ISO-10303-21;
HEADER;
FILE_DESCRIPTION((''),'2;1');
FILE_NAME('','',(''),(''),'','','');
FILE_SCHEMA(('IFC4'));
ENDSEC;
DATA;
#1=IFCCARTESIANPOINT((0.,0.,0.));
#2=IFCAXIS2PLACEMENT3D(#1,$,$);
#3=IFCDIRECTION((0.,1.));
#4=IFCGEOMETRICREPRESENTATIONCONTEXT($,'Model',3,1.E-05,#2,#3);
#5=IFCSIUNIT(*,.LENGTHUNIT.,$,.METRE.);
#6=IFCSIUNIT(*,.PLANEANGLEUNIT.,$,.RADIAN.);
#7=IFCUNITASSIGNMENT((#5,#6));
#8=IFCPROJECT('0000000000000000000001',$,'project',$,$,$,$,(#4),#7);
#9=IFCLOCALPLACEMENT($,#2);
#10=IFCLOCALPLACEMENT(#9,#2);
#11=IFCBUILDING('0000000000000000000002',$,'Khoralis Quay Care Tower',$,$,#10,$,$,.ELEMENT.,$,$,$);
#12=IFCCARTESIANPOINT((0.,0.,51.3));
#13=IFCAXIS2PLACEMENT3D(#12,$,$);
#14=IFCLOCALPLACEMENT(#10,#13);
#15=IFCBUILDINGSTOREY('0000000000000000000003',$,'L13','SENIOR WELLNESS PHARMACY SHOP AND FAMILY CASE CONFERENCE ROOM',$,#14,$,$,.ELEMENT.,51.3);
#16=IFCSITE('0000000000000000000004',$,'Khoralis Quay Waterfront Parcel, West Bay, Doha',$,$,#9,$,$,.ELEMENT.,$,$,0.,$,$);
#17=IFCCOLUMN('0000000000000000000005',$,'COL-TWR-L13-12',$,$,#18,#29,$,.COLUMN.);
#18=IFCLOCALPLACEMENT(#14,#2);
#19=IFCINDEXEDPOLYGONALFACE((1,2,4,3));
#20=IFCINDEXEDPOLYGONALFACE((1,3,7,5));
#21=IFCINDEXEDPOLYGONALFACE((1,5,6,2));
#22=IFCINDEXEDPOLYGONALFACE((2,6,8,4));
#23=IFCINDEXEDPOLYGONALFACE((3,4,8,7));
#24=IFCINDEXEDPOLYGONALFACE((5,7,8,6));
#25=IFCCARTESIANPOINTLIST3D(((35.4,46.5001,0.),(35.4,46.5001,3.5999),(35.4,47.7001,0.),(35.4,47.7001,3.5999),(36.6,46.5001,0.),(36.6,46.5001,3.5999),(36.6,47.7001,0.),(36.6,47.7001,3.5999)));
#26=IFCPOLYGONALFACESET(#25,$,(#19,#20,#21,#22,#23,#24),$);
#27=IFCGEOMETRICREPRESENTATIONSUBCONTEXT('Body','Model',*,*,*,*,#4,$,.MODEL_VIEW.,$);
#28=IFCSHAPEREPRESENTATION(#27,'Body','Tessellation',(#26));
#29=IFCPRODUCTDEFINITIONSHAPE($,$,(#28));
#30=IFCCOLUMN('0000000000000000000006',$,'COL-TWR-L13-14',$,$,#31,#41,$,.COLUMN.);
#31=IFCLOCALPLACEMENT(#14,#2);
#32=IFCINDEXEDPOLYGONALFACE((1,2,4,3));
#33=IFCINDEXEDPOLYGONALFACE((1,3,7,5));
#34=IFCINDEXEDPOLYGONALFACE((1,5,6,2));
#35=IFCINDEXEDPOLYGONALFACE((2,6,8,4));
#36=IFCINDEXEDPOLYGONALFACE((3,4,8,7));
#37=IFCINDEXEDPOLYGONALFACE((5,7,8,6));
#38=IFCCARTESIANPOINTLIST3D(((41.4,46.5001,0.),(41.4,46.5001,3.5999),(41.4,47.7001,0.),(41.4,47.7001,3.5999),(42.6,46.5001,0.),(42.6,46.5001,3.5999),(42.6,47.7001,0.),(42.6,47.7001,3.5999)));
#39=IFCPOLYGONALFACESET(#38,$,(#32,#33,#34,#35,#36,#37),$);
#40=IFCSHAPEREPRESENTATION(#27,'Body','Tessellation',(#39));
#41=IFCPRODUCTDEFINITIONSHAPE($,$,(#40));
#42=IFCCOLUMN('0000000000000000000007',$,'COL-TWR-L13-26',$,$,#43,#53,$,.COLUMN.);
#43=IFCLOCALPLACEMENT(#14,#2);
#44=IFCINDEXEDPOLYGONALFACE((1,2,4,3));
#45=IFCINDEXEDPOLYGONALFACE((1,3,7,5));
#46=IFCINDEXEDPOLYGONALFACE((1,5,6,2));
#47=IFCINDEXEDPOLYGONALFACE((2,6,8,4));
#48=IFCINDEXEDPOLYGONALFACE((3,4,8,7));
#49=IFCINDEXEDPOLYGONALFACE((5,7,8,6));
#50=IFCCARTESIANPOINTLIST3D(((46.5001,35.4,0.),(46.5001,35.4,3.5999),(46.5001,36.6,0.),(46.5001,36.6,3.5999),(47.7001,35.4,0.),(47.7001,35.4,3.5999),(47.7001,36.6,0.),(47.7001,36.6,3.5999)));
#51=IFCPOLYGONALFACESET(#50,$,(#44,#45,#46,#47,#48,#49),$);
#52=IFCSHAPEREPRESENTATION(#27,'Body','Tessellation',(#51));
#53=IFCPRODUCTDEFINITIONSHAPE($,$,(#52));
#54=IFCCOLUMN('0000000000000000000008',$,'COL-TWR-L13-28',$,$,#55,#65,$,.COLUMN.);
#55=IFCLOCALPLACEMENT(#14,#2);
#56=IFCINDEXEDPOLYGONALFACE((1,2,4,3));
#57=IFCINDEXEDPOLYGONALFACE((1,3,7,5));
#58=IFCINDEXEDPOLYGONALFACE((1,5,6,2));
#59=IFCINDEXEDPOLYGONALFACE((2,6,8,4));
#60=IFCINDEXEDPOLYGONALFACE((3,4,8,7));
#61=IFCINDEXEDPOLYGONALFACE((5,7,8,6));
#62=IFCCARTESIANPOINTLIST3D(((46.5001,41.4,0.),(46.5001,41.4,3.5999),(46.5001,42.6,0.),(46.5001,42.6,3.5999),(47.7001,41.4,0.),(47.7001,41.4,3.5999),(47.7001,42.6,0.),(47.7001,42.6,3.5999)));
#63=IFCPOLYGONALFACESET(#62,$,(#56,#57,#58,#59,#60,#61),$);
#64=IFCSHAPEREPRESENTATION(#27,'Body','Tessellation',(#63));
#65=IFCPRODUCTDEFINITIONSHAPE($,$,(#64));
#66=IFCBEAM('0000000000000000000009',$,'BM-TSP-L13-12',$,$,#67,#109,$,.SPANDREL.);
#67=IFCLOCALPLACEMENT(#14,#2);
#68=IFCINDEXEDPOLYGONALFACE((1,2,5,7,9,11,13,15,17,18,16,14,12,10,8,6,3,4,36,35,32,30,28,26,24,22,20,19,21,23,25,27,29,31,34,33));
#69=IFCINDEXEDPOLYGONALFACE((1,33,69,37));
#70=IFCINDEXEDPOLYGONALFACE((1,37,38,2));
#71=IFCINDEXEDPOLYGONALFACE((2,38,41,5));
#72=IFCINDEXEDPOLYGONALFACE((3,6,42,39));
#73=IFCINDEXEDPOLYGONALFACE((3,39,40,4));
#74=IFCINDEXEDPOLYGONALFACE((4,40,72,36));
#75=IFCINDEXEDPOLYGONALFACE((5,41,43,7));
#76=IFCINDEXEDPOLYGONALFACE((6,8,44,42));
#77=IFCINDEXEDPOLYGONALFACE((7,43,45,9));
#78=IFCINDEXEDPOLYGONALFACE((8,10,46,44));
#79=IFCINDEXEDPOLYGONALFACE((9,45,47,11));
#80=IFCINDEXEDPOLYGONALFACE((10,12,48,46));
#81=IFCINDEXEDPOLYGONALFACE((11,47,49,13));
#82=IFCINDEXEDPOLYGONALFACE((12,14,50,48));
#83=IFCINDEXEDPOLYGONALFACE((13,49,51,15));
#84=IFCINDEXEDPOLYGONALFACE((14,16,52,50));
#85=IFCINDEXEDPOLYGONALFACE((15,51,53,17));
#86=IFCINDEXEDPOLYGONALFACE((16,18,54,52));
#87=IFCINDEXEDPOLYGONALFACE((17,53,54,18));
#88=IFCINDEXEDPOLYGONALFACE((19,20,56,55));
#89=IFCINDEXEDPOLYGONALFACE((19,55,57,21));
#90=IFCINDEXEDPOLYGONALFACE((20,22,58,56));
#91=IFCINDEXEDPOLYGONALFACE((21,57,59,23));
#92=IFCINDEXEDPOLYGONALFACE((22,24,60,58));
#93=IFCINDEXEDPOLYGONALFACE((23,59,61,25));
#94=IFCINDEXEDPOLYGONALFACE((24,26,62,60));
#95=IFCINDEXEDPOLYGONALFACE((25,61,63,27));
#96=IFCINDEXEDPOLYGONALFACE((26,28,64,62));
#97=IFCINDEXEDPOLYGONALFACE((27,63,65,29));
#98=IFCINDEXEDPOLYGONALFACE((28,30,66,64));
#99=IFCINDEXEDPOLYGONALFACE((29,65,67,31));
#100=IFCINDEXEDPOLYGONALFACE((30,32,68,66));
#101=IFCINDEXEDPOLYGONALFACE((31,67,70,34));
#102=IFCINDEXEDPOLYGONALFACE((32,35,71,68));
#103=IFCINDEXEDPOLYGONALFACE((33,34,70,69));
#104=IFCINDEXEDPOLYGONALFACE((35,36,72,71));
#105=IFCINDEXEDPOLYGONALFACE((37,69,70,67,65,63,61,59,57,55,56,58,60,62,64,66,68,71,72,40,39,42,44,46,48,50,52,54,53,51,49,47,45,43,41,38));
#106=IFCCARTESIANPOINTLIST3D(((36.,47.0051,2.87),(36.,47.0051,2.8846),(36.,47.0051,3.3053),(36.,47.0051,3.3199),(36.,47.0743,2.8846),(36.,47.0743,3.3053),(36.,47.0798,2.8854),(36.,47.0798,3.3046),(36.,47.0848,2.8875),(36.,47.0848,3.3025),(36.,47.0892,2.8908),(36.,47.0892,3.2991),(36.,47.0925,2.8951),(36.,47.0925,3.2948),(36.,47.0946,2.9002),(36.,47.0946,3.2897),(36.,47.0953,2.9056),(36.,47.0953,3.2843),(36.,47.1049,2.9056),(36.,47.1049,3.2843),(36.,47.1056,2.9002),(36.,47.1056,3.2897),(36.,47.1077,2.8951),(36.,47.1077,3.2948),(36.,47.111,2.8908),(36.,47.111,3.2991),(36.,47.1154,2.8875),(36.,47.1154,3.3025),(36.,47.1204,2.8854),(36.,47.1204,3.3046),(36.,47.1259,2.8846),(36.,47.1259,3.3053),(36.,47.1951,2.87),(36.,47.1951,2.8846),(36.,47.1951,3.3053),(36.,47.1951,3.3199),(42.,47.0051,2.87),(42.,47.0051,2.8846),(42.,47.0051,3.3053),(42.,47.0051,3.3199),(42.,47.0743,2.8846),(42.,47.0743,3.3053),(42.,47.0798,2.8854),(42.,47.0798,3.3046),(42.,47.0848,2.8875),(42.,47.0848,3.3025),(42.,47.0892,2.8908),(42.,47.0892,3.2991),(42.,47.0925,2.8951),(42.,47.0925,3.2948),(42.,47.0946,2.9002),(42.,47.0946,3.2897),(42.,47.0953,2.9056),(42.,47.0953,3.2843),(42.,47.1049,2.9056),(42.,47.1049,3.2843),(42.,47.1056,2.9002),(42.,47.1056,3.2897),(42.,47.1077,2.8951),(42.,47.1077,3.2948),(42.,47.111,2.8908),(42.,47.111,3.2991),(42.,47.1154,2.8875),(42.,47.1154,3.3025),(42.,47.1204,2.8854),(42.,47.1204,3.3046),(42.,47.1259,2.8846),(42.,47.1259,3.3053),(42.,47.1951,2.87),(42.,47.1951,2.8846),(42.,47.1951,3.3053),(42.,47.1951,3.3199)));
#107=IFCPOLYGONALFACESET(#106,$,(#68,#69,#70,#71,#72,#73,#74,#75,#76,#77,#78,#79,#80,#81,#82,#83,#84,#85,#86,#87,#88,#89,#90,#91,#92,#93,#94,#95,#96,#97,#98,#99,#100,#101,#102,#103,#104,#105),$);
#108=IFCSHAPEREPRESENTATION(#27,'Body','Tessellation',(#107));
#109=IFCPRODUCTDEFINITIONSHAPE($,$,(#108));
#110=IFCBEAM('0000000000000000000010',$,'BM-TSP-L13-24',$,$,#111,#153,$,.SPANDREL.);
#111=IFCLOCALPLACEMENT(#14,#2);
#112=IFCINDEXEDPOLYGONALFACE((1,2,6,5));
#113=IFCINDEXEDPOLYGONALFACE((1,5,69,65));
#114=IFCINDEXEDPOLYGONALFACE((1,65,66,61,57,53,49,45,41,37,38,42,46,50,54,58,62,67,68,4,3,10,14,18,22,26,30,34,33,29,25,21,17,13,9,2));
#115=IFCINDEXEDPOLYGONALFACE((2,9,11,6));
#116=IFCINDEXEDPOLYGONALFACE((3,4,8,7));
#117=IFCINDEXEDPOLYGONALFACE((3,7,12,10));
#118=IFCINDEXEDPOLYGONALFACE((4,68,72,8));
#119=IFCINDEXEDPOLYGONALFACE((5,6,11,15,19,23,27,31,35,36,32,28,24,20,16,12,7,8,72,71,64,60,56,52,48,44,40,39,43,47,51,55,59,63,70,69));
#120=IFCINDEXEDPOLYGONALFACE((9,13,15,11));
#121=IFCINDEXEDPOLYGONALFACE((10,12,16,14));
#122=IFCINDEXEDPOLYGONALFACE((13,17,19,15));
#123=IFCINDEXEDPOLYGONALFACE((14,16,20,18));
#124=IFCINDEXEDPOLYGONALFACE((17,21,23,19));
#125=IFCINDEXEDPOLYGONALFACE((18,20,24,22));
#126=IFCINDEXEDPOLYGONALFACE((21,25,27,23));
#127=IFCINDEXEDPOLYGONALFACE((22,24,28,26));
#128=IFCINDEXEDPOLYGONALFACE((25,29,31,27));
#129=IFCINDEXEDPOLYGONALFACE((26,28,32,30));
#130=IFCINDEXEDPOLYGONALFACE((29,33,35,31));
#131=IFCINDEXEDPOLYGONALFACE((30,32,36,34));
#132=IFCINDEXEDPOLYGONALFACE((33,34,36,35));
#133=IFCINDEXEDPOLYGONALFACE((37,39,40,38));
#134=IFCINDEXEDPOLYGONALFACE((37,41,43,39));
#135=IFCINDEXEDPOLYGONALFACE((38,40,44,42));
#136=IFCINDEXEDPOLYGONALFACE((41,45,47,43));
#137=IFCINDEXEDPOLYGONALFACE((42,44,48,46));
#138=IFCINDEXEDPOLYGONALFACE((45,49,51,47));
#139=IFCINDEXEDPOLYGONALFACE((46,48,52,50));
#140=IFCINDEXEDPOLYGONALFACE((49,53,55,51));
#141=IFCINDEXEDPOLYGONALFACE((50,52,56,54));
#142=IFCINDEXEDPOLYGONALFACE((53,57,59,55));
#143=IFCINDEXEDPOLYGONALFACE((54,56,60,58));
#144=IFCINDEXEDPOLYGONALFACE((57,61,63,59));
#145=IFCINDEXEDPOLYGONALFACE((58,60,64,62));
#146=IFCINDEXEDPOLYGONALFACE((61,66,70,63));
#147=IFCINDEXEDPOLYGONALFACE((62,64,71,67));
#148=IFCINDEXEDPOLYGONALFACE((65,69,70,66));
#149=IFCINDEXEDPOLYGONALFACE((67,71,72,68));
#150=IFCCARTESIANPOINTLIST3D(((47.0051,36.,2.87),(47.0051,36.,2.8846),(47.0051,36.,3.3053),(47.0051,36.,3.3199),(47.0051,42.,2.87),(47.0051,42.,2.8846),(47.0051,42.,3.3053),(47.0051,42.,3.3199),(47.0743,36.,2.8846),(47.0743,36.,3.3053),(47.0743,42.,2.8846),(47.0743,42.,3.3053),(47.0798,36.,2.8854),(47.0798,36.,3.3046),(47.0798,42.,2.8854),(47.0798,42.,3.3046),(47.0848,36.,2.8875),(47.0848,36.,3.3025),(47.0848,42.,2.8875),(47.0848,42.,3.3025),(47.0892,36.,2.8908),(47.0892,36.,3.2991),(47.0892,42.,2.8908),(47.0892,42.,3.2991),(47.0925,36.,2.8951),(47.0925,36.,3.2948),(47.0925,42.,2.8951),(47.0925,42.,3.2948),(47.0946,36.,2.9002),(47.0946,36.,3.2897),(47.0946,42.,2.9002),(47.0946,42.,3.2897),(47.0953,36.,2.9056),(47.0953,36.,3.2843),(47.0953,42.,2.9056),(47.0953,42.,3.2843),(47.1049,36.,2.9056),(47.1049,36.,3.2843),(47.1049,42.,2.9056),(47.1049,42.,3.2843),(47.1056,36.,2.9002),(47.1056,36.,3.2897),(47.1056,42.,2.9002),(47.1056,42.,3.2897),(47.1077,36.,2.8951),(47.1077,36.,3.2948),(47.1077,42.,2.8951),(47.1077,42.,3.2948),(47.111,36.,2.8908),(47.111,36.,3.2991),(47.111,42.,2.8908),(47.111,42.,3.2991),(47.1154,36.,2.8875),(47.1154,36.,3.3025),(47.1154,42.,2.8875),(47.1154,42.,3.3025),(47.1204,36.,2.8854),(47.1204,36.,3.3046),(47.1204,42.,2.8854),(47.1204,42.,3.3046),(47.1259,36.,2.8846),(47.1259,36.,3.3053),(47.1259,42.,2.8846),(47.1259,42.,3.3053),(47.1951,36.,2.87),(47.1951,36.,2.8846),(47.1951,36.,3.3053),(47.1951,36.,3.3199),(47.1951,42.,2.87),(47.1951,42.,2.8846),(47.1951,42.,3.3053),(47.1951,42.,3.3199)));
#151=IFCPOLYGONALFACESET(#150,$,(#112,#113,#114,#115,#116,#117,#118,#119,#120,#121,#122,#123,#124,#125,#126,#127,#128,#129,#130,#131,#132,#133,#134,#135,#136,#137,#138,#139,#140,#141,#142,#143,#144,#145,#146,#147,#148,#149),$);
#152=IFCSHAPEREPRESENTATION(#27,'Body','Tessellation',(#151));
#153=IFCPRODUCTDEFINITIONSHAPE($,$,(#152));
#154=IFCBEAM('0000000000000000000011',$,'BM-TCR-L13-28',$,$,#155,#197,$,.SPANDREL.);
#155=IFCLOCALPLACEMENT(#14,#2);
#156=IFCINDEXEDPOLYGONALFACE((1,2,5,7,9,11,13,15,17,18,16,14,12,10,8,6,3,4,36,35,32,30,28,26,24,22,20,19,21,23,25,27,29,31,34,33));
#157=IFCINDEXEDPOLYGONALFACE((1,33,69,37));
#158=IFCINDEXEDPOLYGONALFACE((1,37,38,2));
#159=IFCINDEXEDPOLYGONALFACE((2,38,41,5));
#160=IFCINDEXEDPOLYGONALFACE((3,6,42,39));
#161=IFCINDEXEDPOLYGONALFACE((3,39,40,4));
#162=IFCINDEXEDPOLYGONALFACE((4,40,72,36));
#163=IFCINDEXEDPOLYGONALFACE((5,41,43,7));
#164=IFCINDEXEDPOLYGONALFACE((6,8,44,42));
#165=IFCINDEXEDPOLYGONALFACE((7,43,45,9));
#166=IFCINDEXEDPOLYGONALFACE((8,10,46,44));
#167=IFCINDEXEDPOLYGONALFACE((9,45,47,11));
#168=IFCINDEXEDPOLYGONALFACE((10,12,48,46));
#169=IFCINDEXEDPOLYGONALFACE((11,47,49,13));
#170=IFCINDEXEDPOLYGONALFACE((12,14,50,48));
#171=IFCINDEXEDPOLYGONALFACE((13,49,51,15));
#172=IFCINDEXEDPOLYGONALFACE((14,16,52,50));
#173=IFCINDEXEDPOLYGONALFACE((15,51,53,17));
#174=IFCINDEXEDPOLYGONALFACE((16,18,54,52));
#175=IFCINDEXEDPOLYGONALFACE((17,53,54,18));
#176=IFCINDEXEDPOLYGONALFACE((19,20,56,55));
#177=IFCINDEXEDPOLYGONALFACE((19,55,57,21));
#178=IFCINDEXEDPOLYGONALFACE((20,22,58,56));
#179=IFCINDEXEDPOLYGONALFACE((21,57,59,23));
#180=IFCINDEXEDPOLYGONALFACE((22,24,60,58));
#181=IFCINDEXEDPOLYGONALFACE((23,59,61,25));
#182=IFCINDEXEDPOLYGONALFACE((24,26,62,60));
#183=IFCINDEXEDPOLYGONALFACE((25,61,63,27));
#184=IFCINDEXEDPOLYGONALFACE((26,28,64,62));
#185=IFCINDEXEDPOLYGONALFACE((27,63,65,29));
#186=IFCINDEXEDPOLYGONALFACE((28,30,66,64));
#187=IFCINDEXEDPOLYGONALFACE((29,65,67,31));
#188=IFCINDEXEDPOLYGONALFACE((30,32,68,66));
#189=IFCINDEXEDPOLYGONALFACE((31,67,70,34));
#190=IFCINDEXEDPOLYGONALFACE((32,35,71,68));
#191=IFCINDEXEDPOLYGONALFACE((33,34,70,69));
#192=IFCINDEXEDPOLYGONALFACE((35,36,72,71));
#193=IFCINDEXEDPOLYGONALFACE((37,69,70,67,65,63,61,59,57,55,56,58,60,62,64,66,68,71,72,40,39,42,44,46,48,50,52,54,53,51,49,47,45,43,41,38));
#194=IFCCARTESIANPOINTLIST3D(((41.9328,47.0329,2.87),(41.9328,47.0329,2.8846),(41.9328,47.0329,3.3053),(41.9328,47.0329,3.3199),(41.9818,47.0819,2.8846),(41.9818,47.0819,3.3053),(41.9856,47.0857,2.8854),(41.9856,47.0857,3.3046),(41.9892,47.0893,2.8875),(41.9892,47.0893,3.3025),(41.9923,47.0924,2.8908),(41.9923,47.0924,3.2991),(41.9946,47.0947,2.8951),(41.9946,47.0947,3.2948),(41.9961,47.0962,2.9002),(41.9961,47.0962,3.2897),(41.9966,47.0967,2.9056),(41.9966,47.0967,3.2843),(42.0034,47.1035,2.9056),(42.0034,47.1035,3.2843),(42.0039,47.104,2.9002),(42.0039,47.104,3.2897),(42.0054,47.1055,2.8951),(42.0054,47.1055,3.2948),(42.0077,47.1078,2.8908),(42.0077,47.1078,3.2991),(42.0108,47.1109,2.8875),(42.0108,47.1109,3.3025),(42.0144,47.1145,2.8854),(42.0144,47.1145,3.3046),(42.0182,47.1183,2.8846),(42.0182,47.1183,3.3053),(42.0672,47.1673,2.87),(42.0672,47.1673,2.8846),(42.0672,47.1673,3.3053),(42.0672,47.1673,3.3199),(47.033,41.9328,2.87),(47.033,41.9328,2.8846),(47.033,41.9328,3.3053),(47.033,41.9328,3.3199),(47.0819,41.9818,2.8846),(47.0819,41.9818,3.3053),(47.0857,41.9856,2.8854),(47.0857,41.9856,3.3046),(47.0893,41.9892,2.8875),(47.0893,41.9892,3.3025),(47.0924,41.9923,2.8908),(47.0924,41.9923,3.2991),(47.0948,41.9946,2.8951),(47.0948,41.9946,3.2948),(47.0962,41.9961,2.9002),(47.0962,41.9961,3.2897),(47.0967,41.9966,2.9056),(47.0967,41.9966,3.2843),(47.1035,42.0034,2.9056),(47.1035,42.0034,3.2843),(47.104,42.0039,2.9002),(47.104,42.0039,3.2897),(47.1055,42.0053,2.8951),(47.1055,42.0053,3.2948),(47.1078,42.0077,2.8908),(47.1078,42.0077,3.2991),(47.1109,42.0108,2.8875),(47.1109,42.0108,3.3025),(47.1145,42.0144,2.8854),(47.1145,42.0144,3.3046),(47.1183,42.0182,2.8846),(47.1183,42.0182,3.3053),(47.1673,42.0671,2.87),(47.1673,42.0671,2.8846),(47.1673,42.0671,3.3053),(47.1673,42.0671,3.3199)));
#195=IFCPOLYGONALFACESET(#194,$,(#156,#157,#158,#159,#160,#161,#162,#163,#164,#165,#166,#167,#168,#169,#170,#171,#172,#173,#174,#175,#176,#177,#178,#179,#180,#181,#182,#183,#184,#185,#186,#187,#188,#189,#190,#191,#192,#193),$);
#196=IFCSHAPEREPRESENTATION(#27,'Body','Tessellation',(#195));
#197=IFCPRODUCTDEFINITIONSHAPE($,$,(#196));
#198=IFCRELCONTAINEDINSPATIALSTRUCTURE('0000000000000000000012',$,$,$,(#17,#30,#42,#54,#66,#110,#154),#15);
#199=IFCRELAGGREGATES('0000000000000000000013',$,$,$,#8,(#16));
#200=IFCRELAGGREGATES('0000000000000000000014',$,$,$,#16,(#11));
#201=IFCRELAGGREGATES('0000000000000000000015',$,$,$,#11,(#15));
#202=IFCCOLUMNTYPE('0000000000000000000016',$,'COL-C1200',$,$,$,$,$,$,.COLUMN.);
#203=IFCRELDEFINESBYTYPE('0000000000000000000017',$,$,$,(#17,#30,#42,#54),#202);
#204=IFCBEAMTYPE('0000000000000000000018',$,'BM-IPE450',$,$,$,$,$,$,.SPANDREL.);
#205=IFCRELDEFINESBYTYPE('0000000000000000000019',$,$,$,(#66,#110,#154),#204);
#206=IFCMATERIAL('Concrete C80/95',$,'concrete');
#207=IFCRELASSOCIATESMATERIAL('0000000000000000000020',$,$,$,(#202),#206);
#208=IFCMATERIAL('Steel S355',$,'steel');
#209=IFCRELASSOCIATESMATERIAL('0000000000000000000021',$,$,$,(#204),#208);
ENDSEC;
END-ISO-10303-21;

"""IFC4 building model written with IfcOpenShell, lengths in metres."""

from ifc_helpers import new_model, si_unit, direction, frame, origin, origin_2d, place, context, subcontext, project, spatial, rectangle, i_section, extrude, source, transform, mapped, material, material_profile, profile_set, type_object, element, save


model = new_model("IFC4")

# Units and contexts
model_context = context("Model", 3, precision=1e-05, world=origin(), true_north=direction((0.0, 1.0)))
body_context = subcontext(model_context, "Body", "Model", "MODEL_VIEW")
ifc_project = project(units=[si_unit("LENGTHUNIT", "METRE"), si_unit("PLANEANGLEUNIT", "RADIAN")], contexts=[model_context])

# Site, building, storey
site_placement = place(None, origin())
site = spatial("IfcSite", under=ifc_project, at=site_placement, Name="Khoralis Quay Waterfront Parcel, West Bay, Doha", CompositionType="ELEMENT", RefElevation=0.0)
building_placement = place(site_placement, origin())
building = spatial("IfcBuilding", under=site, at=building_placement, Name="Khoralis Quay Care Tower", CompositionType="ELEMENT")
storey_placement = place(building_placement, frame((0.0, 0.0, 51.3)))
storey = spatial("IfcBuildingStorey", under=building, at=storey_placement, Name="L13", Description="SENIOR WELLNESS PHARMACY SHOP AND FAMILY CASE CONFERENCE ROOM", CompositionType="ELEMENT", Elevation=51.3)

# Columns
ifc_material_1 = material(Name="Concrete C80/95", Category="concrete")
ifc_material_profile_1 = material_profile(ifc_material_1, rectangle(XDim=1.2, YDim=1.2, at=origin_2d()), Name="Concrete C80/95")
ifc_profile_set_1 = profile_set([ifc_material_profile_1], Name="Concrete C80/95")
column_type = type_object("IfcColumnType", Name="COL-C1200", PredefinedType="COLUMN", material=ifc_profile_set_1)
shared_shape_1 = source(origin(), body_context, "Body", "SweptSolid", [
    extrude(rectangle(XDim=1.2, YDim=1.2, at=origin_2d()), origin(), (0.0, 0.0, 1.0), 3.5999),
])
for number, where, z_axis, x_axis, name in (
    (1, (36.0, 47.1001, 0.0), (0.0, 0.0, 1.0), (1.0, 0.0, 0.0), "COL-TWR-L13-12"),
    (2, (42.0, 47.1001, 0.0), (0.0, 0.0, 1.0), (1.0, 0.0, 0.0), "COL-TWR-L13-14"),
    (3, (47.1001, 36.0, 0.0), (0.0, 0.0, 1.0), (1.0, 0.0, 0.0), "COL-TWR-L13-26"),
    (4, (47.1001, 42.0, 0.0), (0.0, 0.0, 1.0), (1.0, 0.0, 0.0), "COL-TWR-L13-28"),
):
    element("IfcColumn", number, at=place(storey_placement, frame(where, z_axis=z_axis, x_axis=x_axis)), inside=storey, type_object=column_type, Name=name, PredefinedType="COLUMN", context=body_context, shape_type="MappedRepresentation", body=[
        mapped(shared_shape_1, transform((0.0, 0.0, 0.0), scale=1.0)),
    ])

# Beams
ifc_material_2 = material(Name="Steel S355", Category="steel")
ifc_material_profile_2 = material_profile(ifc_material_2, i_section(OverallWidth=0.1899, OverallDepth=0.45, WebThickness=0.0095, FlangeThickness=0.0146, FilletRadius=0.021, at=origin_2d()), Name="Steel S355")
ifc_profile_set_2 = profile_set([ifc_material_profile_2], Name="Steel S355")
beam_type_1 = type_object("IfcBeamType", Name="BM-IPE450", PredefinedType="SPANDREL", material=ifc_profile_set_2)
shared_shape_2 = source(origin(), body_context, "Body", "SweptSolid", [
    extrude(i_section(OverallWidth=0.1899, OverallDepth=0.45, WebThickness=0.0095, FlangeThickness=0.0146, FilletRadius=0.021, at=origin_2d()), origin(), (0.0, 0.0, 1.0), 6.0),
])
for number, where, z_axis, x_axis, name in (
    (5, (36.0, 47.1001, 3.095), (1.0, 0.0, 0.0), (0.0, 1.0, 0.0), "BM-TSP-L13-12"),
    (6, (47.1001, 36.0, 3.095), (0.0, 1.0, 0.0), (-1.0, 0.0, 0.0), "BM-TSP-L13-24"),
):
    element("IfcBeam", number, at=place(storey_placement, frame(where, z_axis=z_axis, x_axis=x_axis)), inside=storey, type_object=beam_type_1, Name=name, PredefinedType="SPANDREL", context=body_context, shape_type="MappedRepresentation", body=[
        mapped(shared_shape_2, transform((0.0, 0.0, 0.0), scale=1.0)),
    ])
shared_shape_3 = source(origin(), body_context, "Body", "SweptSolid", [
    extrude(i_section(OverallWidth=0.1899, OverallDepth=0.45, WebThickness=0.0095, FlangeThickness=0.0146, FilletRadius=0.021, at=origin_2d()), origin(), (0.0, 0.0, 1.0), 7.2126),
])
beam_1_placement = place(storey_placement, frame((42.0, 47.1001, 3.095), z_axis=(0.707107, -0.707107, 0.0), x_axis=(0.707107, 0.707107, 0.0)))
element("IfcBeam", 7, at=beam_1_placement, inside=storey, type_object=beam_type_1, Name="BM-TCR-L13-28", PredefinedType="SPANDREL", context=body_context, shape_type="MappedRepresentation", body=[
    mapped(shared_shape_3, transform((0.0, 0.0, 0.0), scale=1.0)),
])

save(model, "model.ifc")
